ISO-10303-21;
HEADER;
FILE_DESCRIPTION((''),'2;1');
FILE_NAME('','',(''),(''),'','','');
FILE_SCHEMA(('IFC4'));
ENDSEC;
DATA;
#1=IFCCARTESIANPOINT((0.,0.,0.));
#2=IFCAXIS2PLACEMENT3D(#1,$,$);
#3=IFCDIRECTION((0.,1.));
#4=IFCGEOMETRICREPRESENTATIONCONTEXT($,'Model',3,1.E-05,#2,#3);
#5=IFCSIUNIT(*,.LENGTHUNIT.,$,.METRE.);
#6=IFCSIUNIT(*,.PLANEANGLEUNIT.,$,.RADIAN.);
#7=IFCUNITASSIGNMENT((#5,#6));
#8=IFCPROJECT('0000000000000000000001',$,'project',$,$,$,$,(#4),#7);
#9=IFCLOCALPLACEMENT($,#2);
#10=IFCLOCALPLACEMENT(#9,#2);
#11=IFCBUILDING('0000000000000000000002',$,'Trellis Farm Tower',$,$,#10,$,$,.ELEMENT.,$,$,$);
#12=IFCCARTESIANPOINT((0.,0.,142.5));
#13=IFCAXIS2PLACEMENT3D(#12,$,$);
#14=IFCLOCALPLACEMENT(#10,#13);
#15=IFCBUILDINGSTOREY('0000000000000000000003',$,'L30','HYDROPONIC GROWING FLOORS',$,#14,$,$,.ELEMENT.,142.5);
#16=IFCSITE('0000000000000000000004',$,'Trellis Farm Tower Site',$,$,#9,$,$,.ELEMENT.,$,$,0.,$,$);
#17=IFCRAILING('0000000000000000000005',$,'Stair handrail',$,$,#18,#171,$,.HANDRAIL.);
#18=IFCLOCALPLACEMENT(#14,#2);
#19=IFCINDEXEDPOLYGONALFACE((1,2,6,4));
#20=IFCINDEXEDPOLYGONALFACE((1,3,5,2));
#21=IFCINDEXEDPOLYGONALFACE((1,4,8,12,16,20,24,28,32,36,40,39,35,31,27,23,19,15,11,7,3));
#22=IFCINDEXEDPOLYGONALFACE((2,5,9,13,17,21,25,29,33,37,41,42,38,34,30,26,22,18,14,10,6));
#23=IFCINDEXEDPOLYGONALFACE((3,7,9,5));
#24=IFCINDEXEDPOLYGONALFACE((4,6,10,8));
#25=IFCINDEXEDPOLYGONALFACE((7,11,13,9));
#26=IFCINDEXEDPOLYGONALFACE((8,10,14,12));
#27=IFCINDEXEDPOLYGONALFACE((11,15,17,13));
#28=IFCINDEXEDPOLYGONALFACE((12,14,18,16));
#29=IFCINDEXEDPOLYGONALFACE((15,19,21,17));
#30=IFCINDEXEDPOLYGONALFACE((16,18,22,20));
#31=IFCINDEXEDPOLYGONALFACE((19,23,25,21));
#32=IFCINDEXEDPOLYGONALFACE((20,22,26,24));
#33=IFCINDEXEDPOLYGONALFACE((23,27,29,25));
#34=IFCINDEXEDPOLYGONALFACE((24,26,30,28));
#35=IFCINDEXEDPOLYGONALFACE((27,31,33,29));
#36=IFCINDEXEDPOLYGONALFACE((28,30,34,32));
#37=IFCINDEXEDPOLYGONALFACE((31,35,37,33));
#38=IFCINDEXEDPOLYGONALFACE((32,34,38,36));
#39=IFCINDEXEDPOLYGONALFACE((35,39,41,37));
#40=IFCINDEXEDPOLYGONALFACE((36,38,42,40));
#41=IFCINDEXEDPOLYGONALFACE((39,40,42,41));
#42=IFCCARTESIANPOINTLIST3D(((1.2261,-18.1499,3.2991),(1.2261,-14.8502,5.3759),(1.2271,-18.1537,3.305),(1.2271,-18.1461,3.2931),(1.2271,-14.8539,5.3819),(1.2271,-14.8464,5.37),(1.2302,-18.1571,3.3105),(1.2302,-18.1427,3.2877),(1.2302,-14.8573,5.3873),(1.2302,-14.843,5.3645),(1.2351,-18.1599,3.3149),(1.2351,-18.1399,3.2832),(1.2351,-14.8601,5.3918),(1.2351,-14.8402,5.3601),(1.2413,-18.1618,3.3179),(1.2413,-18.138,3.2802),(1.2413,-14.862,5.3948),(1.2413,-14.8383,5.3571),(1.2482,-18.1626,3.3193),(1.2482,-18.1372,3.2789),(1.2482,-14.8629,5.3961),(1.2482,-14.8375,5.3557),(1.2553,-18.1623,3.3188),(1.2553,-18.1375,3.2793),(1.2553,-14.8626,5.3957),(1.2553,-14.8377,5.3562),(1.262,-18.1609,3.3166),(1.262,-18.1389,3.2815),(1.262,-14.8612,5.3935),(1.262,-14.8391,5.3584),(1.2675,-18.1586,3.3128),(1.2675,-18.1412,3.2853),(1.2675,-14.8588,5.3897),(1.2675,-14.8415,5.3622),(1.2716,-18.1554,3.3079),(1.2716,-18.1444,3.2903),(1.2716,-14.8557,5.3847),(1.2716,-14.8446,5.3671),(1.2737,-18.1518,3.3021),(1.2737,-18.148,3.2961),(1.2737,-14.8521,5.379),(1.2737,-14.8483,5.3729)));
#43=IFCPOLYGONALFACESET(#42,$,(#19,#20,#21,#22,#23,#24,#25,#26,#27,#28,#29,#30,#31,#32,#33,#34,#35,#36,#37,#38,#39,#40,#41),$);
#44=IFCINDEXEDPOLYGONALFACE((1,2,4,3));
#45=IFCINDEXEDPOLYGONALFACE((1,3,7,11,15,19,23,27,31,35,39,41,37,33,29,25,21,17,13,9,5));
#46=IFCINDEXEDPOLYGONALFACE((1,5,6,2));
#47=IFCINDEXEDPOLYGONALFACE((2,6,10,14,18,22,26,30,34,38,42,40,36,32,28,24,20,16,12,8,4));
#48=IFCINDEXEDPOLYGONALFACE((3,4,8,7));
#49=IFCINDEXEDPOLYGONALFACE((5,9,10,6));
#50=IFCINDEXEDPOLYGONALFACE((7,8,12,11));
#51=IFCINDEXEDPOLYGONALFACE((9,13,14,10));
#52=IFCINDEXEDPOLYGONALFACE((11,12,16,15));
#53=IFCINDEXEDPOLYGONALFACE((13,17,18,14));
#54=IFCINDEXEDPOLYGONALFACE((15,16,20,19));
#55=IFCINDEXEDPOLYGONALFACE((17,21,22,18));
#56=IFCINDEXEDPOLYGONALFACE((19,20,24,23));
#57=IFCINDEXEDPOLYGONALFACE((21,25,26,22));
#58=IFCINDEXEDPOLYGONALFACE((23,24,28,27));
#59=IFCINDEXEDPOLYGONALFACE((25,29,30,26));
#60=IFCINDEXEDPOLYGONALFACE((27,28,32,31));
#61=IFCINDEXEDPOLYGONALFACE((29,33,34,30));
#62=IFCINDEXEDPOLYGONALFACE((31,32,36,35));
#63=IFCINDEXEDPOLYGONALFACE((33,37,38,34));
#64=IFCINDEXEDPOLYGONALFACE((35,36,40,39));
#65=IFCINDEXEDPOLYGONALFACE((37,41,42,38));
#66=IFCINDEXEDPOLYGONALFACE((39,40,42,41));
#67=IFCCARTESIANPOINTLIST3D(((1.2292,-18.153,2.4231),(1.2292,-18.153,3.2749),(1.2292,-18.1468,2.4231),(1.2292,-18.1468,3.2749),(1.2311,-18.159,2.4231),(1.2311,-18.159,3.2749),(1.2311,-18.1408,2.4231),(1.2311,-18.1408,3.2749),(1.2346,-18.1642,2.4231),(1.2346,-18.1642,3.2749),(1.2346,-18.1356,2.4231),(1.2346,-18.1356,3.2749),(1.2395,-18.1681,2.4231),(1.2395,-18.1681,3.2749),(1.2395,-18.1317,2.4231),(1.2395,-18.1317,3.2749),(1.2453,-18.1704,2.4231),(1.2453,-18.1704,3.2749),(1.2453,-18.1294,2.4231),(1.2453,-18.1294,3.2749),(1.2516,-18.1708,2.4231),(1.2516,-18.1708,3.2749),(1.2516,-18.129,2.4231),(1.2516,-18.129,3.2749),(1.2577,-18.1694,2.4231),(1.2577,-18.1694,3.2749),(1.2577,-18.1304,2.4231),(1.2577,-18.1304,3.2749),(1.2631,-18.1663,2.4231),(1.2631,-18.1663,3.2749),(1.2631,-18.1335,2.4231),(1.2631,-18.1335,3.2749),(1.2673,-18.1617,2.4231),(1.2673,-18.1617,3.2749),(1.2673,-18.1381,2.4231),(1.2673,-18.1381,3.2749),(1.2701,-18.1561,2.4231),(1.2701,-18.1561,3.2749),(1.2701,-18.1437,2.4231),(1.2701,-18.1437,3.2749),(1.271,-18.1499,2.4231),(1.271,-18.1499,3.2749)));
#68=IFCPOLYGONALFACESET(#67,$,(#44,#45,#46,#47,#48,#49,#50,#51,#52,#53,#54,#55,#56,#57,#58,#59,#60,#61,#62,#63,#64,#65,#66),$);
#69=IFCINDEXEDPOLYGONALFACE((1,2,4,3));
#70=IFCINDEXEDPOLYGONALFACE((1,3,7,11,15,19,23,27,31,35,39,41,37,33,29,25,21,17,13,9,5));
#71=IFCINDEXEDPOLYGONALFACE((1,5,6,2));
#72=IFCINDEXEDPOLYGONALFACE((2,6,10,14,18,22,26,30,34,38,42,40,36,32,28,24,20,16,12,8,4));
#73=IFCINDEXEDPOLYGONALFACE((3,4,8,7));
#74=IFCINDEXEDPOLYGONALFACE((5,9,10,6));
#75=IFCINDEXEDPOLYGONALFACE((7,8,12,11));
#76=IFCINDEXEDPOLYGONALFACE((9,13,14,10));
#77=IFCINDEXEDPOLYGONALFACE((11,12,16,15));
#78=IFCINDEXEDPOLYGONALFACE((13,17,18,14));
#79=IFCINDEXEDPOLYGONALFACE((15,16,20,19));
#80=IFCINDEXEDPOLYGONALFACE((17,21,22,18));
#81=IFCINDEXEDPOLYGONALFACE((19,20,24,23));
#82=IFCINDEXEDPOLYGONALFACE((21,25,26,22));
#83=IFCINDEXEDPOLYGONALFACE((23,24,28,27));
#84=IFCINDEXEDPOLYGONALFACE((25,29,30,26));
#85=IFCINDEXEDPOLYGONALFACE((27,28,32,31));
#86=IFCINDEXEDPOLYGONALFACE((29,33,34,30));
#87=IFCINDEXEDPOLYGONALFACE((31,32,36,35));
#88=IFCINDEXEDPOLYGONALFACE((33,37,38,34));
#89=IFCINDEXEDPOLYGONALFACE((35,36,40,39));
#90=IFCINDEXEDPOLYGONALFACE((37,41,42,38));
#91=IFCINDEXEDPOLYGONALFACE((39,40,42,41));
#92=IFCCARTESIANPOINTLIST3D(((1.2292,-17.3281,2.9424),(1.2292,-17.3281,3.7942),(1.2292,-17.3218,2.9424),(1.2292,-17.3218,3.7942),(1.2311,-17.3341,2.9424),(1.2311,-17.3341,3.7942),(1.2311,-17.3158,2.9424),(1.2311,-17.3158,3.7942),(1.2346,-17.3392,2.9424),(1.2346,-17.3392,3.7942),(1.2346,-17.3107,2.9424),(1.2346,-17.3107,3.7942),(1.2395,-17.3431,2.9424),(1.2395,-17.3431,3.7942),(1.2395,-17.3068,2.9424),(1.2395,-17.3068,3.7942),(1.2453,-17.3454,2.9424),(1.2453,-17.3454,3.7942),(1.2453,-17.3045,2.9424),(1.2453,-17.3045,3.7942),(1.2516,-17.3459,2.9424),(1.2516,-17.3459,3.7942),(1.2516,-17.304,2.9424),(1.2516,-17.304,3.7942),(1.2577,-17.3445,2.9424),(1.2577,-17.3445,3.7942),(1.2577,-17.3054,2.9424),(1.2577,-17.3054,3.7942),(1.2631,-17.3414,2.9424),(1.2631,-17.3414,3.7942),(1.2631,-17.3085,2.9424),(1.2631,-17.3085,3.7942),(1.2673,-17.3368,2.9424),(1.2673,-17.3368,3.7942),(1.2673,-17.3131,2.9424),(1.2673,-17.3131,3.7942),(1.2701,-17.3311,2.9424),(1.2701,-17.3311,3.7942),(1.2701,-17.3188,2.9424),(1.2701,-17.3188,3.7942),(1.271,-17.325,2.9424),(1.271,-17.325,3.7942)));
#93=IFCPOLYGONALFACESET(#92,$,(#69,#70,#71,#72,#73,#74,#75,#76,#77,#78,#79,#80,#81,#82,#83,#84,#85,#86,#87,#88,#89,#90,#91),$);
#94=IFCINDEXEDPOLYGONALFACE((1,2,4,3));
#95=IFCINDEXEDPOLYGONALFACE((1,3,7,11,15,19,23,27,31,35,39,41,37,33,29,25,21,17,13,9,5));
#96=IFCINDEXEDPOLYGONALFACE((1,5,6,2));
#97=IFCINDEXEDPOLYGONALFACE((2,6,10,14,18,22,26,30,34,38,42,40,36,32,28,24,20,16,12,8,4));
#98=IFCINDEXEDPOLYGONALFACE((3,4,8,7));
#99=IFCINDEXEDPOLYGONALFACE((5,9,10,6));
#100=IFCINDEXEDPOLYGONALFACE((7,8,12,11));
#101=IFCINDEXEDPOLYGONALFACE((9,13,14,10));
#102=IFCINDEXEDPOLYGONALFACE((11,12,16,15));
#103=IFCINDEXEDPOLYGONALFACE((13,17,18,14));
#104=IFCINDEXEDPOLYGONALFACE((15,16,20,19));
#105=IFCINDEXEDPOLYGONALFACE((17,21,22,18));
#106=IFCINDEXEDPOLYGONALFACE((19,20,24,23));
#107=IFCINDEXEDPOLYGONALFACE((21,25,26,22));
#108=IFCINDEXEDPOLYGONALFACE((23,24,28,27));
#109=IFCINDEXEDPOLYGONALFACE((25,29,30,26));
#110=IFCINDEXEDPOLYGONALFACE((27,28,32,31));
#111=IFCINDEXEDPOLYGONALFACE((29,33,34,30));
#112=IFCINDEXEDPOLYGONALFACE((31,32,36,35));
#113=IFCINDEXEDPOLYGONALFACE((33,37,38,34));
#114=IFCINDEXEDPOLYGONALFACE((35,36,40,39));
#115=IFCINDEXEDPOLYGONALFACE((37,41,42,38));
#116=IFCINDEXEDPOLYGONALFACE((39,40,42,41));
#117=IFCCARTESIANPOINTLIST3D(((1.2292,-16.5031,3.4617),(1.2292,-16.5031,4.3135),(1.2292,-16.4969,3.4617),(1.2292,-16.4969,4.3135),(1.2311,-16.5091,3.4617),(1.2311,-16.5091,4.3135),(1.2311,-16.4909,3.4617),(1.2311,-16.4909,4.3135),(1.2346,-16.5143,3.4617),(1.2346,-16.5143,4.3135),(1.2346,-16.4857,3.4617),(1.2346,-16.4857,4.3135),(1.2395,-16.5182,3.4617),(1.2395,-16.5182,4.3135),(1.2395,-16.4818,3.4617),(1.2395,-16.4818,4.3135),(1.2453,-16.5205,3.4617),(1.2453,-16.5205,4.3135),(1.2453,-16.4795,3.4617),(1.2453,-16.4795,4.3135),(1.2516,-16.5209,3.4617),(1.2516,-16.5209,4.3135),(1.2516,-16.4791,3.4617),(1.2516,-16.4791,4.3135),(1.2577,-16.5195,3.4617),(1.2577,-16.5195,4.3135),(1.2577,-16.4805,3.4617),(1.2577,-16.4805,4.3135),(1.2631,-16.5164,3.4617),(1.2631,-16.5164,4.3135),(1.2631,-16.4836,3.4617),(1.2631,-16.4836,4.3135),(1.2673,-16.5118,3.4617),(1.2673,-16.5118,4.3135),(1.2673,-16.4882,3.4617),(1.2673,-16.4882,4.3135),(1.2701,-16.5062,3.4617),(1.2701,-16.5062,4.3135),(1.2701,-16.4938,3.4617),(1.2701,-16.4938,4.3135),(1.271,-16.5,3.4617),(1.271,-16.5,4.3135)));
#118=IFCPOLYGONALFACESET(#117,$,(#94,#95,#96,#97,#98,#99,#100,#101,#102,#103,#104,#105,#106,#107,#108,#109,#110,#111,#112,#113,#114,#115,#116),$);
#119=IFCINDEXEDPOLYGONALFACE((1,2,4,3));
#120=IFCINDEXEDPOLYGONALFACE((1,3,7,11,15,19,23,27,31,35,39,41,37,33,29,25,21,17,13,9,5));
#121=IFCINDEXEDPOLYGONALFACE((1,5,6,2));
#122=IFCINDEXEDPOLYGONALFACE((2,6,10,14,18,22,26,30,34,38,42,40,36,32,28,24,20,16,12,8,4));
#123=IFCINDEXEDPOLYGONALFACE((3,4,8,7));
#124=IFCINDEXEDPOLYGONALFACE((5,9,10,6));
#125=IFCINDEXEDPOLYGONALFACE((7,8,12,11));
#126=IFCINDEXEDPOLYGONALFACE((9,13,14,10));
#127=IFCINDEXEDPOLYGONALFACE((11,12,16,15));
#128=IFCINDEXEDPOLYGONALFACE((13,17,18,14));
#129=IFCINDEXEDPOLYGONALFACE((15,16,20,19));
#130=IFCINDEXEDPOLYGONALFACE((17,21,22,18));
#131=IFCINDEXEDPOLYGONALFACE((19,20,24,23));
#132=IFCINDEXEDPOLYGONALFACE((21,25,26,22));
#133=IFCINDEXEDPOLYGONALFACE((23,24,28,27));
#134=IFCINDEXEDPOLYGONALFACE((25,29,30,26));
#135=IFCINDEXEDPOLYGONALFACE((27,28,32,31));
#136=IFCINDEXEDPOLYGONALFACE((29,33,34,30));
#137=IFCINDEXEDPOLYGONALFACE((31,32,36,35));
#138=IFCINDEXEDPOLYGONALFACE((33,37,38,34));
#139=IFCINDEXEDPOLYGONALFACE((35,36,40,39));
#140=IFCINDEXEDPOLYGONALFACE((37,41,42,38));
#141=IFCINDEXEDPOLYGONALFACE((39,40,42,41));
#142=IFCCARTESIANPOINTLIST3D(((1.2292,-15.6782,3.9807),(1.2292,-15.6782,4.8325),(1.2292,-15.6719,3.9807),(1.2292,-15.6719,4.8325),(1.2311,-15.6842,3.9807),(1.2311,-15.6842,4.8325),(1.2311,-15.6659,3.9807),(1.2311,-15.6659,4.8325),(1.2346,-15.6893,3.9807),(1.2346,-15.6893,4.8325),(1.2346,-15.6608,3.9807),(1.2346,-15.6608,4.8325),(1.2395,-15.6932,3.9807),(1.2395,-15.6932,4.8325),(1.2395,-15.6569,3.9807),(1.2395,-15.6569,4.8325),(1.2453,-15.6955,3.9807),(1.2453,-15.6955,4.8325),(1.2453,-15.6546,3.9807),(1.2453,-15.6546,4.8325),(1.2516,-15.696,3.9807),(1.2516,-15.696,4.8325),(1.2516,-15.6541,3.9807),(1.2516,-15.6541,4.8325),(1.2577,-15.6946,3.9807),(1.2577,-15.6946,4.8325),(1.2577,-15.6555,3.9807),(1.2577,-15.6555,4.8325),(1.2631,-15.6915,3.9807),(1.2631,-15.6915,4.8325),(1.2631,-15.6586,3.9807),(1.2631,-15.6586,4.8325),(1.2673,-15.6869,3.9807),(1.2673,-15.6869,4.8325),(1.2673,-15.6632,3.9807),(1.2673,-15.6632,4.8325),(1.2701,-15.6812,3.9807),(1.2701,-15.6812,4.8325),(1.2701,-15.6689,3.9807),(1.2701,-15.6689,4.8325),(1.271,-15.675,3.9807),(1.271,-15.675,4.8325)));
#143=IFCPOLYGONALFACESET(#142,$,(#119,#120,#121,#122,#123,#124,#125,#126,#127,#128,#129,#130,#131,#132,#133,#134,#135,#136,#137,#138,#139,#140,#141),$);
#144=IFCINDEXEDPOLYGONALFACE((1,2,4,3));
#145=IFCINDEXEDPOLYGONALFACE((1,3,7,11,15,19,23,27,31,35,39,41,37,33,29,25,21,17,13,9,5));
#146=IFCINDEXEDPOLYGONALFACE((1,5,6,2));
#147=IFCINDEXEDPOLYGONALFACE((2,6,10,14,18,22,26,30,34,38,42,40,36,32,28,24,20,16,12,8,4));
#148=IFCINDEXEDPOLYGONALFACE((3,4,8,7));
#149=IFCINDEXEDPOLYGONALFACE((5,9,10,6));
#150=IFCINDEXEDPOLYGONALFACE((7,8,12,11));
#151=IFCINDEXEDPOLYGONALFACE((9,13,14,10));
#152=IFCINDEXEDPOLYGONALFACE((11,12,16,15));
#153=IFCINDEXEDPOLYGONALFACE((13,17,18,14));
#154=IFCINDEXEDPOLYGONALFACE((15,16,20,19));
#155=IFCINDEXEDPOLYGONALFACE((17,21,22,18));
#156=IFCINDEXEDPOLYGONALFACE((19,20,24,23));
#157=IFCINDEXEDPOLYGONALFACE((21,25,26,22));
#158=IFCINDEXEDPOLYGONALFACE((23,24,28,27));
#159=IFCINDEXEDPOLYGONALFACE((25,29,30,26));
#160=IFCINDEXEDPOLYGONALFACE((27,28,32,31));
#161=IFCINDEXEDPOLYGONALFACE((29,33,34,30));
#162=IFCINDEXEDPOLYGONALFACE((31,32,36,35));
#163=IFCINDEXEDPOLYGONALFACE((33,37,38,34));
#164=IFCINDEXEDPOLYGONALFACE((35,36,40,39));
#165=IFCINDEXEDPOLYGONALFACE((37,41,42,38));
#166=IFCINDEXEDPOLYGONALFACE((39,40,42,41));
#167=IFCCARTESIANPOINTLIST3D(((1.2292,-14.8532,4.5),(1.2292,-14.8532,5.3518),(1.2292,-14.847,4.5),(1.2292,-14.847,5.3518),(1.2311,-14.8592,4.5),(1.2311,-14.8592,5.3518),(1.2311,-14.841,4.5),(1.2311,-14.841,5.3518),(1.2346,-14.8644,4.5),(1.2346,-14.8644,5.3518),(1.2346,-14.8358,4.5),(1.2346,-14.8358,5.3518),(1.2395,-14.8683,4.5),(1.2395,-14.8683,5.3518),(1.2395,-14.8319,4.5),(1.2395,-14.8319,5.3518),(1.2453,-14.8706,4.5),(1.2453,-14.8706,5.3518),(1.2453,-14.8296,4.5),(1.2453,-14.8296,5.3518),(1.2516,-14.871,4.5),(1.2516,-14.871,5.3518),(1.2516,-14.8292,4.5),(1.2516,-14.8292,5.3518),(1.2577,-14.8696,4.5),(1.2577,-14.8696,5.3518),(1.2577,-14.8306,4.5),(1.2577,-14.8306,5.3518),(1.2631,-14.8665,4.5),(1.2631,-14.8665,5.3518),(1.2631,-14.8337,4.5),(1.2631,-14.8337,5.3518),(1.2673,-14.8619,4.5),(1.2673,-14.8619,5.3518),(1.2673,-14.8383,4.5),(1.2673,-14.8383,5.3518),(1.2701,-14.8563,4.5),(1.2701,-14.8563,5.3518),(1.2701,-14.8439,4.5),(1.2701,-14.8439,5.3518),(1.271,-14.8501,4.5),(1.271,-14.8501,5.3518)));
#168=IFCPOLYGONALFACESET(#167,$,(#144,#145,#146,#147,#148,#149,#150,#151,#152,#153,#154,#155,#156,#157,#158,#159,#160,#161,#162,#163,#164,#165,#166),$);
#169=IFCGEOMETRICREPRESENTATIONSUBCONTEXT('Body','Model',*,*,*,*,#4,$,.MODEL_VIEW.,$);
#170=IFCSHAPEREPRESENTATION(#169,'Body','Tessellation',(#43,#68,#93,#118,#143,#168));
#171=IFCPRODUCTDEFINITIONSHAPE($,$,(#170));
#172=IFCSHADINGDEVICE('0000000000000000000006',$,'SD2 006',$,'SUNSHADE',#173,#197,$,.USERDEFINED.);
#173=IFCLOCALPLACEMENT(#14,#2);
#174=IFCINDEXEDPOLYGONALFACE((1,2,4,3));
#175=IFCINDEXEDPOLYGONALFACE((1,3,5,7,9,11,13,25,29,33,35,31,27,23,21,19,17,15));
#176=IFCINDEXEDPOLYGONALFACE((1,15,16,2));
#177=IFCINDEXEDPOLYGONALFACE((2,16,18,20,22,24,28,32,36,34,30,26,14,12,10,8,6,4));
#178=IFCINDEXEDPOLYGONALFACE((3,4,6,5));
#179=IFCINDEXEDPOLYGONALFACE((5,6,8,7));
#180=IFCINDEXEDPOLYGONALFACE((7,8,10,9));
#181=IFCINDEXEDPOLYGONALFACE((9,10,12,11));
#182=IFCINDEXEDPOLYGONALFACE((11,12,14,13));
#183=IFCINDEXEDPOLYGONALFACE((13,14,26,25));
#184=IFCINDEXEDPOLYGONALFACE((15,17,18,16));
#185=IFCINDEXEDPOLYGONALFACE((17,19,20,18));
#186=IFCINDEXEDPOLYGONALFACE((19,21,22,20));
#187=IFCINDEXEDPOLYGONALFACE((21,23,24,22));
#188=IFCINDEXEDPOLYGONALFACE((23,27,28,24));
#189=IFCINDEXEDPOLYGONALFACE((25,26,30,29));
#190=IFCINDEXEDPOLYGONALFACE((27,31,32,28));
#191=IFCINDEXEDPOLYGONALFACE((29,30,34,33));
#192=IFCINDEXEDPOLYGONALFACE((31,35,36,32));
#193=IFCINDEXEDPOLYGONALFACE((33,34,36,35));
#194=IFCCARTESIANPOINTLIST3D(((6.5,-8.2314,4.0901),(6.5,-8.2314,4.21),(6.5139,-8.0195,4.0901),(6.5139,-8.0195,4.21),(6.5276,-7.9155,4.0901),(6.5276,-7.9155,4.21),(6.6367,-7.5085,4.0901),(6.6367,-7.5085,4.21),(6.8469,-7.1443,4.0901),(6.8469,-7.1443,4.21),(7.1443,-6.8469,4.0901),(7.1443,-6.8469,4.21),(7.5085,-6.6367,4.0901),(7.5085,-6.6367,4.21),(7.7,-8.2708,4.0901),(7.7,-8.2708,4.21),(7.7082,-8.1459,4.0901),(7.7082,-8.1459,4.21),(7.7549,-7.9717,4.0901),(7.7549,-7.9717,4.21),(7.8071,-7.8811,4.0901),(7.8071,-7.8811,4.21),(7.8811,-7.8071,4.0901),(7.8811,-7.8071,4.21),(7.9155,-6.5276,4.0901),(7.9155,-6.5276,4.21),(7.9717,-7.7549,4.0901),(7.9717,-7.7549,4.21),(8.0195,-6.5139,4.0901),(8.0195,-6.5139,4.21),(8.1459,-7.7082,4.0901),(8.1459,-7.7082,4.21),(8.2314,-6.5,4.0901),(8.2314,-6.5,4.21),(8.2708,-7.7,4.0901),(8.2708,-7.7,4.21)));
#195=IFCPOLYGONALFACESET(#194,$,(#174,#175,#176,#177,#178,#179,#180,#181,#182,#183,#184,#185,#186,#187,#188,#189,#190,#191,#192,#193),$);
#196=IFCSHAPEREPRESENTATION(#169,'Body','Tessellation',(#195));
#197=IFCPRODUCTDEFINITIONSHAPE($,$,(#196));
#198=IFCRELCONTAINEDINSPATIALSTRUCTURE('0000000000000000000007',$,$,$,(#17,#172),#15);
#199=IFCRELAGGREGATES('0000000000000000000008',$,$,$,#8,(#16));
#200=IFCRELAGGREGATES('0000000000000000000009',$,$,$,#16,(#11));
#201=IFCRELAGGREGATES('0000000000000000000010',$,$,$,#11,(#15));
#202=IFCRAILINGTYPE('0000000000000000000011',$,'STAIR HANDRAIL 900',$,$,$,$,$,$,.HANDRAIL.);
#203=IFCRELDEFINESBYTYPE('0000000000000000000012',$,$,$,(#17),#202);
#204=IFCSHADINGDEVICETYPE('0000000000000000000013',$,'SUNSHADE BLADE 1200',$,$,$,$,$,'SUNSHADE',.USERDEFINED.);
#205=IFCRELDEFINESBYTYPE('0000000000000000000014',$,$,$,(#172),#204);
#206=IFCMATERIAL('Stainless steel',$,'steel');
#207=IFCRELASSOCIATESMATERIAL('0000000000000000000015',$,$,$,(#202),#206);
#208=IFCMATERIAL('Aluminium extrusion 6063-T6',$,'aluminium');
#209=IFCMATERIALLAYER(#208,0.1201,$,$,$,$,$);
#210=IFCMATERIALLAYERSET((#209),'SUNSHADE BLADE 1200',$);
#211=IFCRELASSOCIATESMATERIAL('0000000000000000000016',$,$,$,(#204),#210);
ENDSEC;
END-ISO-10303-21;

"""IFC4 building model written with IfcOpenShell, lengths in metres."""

from ifc_helpers import new_model, si_unit, direction, frame, origin, origin_2d, place, context, subcontext, project, spatial, polyline, circle, outline, extrude, source, transform, mapped, material, layer, layer_set, type_object, element, save


model = new_model("IFC4")

# Units and contexts
model_context = context("Model", 3, precision=1e-05, world=origin(), true_north=direction((0.0, 1.0)))
body_context = subcontext(model_context, "Body", "Model", "MODEL_VIEW")
ifc_project = project(units=[si_unit("LENGTHUNIT", "METRE"), si_unit("PLANEANGLEUNIT", "RADIAN")], contexts=[model_context])

# Site, building, storey
site_placement = place(None, origin())
site = spatial("IfcSite", under=ifc_project, at=site_placement, Name="Trellis Farm Tower Site", CompositionType="ELEMENT", RefElevation=0.0)
building_placement = place(site_placement, origin())
building = spatial("IfcBuilding", under=site, at=building_placement, Name="Trellis Farm Tower", CompositionType="ELEMENT")
storey_placement = place(building_placement, frame((0.0, 0.0, 142.5)))
storey = spatial("IfcBuildingStorey", under=building, at=storey_placement, Name="L30", Description="HYDROPONIC GROWING FLOORS", CompositionType="ELEMENT", Elevation=142.5)

# Shared definitions
ifc_material_1 = material(Name="Aluminium extrusion 6063-T6", Category="aluminium")

# Railing
ifc_material_2 = material(Name="Stainless steel", Category="steel")
railing_type = type_object("IfcRailingType", Name="STAIR HANDRAIL 900", PredefinedType="HANDRAIL", material=ifc_material_2)
shared_shape_1 = source(origin(), body_context, "Body", "SweptSolid", [
    extrude(circle(Radius=0.0239, at=origin_2d()), frame((0.0, 0.0, 0.876), z_axis=(0.0, 0.84632, 0.532675), x_axis=(-1.0, 0.0, 0.0)), (0.0, 0.0, 1.0), 3.8989),
    extrude(circle(Radius=0.021, at=origin_2d()), origin(), (0.0, 0.0, 1.0), 0.8518),
    extrude(circle(Radius=0.021, at=origin_2d()), frame((0.0, 0.825, 0.5193)), (0.0, 0.0, 1.0), 0.8518),
    extrude(circle(Radius=0.021, at=origin_2d()), frame((0.0, 1.6499, 1.0386)), (0.0, 0.0, 1.0), 0.8518),
    extrude(circle(Radius=0.021, at=origin_2d()), frame((0.0, 2.4749, 1.5576)), (0.0, 0.0, 1.0), 0.8518),
    extrude(circle(Radius=0.021, at=origin_2d()), frame((0.0, 3.2998, 2.0769)), (0.0, 0.0, 1.0), 0.8518),
])
railing_placement = place(storey_placement, frame((1.25, -18.1499, 2.4231)))
element("IfcRailing", 1, at=railing_placement, inside=storey, type_object=railing_type, Name="Stair handrail", PredefinedType="HANDRAIL", context=body_context, shape_type="MappedRepresentation", body=[
    mapped(shared_shape_1, transform((0.0, 0.0, 0.0))),
])

# Shading device
ifc_layer_1 = layer(ifc_material_1, 0.1201)
ifc_layer_set_1 = layer_set([ifc_layer_1], Name="SUNSHADE BLADE 1200")
shading_device_type = type_object("IfcShadingDeviceType", Name="SUNSHADE BLADE 1200", ElementType="SUNSHADE", PredefinedType="USERDEFINED", material=ifc_layer_set_1)
shared_shape_2 = source(origin(), body_context, "Body", "SweptSolid", [
    extrude(outline(polyline([(7.7, -8.2708), (7.7087, -8.1372), (7.707, -8.1501), (7.7549, -7.9717), (7.8071, -7.8811), (7.8811, -7.8071), (7.9717, -7.7549), (8.1501, -7.707), (8.1372, -7.7087), (8.2708, -7.7), (8.2314, -6.5), (8.0195, -6.5139), (7.9155, -6.5276), (7.5085, -6.6367), (7.1443, -6.8469), (6.8469, -7.1443), (6.6367, -7.5085), (6.5276, -7.9155), (6.5139, -8.0195), (6.5, -8.2314), (7.7, -8.2708)])), origin(), (0.0, 0.0, 1.0), 0.1199),
])
placement_1 = place(storey_placement, frame((0.0, 0.0, 4.0901)))
element("IfcShadingDevice", 2, at=placement_1, inside=storey, type_object=shading_device_type, Name="SD2 006", ObjectType="SUNSHADE", PredefinedType="USERDEFINED", context=body_context, shape_type="MappedRepresentation", body=[
    mapped(shared_shape_2, transform((0.0, 0.0, 0.0))),
])

save(model, "model.ifc")
